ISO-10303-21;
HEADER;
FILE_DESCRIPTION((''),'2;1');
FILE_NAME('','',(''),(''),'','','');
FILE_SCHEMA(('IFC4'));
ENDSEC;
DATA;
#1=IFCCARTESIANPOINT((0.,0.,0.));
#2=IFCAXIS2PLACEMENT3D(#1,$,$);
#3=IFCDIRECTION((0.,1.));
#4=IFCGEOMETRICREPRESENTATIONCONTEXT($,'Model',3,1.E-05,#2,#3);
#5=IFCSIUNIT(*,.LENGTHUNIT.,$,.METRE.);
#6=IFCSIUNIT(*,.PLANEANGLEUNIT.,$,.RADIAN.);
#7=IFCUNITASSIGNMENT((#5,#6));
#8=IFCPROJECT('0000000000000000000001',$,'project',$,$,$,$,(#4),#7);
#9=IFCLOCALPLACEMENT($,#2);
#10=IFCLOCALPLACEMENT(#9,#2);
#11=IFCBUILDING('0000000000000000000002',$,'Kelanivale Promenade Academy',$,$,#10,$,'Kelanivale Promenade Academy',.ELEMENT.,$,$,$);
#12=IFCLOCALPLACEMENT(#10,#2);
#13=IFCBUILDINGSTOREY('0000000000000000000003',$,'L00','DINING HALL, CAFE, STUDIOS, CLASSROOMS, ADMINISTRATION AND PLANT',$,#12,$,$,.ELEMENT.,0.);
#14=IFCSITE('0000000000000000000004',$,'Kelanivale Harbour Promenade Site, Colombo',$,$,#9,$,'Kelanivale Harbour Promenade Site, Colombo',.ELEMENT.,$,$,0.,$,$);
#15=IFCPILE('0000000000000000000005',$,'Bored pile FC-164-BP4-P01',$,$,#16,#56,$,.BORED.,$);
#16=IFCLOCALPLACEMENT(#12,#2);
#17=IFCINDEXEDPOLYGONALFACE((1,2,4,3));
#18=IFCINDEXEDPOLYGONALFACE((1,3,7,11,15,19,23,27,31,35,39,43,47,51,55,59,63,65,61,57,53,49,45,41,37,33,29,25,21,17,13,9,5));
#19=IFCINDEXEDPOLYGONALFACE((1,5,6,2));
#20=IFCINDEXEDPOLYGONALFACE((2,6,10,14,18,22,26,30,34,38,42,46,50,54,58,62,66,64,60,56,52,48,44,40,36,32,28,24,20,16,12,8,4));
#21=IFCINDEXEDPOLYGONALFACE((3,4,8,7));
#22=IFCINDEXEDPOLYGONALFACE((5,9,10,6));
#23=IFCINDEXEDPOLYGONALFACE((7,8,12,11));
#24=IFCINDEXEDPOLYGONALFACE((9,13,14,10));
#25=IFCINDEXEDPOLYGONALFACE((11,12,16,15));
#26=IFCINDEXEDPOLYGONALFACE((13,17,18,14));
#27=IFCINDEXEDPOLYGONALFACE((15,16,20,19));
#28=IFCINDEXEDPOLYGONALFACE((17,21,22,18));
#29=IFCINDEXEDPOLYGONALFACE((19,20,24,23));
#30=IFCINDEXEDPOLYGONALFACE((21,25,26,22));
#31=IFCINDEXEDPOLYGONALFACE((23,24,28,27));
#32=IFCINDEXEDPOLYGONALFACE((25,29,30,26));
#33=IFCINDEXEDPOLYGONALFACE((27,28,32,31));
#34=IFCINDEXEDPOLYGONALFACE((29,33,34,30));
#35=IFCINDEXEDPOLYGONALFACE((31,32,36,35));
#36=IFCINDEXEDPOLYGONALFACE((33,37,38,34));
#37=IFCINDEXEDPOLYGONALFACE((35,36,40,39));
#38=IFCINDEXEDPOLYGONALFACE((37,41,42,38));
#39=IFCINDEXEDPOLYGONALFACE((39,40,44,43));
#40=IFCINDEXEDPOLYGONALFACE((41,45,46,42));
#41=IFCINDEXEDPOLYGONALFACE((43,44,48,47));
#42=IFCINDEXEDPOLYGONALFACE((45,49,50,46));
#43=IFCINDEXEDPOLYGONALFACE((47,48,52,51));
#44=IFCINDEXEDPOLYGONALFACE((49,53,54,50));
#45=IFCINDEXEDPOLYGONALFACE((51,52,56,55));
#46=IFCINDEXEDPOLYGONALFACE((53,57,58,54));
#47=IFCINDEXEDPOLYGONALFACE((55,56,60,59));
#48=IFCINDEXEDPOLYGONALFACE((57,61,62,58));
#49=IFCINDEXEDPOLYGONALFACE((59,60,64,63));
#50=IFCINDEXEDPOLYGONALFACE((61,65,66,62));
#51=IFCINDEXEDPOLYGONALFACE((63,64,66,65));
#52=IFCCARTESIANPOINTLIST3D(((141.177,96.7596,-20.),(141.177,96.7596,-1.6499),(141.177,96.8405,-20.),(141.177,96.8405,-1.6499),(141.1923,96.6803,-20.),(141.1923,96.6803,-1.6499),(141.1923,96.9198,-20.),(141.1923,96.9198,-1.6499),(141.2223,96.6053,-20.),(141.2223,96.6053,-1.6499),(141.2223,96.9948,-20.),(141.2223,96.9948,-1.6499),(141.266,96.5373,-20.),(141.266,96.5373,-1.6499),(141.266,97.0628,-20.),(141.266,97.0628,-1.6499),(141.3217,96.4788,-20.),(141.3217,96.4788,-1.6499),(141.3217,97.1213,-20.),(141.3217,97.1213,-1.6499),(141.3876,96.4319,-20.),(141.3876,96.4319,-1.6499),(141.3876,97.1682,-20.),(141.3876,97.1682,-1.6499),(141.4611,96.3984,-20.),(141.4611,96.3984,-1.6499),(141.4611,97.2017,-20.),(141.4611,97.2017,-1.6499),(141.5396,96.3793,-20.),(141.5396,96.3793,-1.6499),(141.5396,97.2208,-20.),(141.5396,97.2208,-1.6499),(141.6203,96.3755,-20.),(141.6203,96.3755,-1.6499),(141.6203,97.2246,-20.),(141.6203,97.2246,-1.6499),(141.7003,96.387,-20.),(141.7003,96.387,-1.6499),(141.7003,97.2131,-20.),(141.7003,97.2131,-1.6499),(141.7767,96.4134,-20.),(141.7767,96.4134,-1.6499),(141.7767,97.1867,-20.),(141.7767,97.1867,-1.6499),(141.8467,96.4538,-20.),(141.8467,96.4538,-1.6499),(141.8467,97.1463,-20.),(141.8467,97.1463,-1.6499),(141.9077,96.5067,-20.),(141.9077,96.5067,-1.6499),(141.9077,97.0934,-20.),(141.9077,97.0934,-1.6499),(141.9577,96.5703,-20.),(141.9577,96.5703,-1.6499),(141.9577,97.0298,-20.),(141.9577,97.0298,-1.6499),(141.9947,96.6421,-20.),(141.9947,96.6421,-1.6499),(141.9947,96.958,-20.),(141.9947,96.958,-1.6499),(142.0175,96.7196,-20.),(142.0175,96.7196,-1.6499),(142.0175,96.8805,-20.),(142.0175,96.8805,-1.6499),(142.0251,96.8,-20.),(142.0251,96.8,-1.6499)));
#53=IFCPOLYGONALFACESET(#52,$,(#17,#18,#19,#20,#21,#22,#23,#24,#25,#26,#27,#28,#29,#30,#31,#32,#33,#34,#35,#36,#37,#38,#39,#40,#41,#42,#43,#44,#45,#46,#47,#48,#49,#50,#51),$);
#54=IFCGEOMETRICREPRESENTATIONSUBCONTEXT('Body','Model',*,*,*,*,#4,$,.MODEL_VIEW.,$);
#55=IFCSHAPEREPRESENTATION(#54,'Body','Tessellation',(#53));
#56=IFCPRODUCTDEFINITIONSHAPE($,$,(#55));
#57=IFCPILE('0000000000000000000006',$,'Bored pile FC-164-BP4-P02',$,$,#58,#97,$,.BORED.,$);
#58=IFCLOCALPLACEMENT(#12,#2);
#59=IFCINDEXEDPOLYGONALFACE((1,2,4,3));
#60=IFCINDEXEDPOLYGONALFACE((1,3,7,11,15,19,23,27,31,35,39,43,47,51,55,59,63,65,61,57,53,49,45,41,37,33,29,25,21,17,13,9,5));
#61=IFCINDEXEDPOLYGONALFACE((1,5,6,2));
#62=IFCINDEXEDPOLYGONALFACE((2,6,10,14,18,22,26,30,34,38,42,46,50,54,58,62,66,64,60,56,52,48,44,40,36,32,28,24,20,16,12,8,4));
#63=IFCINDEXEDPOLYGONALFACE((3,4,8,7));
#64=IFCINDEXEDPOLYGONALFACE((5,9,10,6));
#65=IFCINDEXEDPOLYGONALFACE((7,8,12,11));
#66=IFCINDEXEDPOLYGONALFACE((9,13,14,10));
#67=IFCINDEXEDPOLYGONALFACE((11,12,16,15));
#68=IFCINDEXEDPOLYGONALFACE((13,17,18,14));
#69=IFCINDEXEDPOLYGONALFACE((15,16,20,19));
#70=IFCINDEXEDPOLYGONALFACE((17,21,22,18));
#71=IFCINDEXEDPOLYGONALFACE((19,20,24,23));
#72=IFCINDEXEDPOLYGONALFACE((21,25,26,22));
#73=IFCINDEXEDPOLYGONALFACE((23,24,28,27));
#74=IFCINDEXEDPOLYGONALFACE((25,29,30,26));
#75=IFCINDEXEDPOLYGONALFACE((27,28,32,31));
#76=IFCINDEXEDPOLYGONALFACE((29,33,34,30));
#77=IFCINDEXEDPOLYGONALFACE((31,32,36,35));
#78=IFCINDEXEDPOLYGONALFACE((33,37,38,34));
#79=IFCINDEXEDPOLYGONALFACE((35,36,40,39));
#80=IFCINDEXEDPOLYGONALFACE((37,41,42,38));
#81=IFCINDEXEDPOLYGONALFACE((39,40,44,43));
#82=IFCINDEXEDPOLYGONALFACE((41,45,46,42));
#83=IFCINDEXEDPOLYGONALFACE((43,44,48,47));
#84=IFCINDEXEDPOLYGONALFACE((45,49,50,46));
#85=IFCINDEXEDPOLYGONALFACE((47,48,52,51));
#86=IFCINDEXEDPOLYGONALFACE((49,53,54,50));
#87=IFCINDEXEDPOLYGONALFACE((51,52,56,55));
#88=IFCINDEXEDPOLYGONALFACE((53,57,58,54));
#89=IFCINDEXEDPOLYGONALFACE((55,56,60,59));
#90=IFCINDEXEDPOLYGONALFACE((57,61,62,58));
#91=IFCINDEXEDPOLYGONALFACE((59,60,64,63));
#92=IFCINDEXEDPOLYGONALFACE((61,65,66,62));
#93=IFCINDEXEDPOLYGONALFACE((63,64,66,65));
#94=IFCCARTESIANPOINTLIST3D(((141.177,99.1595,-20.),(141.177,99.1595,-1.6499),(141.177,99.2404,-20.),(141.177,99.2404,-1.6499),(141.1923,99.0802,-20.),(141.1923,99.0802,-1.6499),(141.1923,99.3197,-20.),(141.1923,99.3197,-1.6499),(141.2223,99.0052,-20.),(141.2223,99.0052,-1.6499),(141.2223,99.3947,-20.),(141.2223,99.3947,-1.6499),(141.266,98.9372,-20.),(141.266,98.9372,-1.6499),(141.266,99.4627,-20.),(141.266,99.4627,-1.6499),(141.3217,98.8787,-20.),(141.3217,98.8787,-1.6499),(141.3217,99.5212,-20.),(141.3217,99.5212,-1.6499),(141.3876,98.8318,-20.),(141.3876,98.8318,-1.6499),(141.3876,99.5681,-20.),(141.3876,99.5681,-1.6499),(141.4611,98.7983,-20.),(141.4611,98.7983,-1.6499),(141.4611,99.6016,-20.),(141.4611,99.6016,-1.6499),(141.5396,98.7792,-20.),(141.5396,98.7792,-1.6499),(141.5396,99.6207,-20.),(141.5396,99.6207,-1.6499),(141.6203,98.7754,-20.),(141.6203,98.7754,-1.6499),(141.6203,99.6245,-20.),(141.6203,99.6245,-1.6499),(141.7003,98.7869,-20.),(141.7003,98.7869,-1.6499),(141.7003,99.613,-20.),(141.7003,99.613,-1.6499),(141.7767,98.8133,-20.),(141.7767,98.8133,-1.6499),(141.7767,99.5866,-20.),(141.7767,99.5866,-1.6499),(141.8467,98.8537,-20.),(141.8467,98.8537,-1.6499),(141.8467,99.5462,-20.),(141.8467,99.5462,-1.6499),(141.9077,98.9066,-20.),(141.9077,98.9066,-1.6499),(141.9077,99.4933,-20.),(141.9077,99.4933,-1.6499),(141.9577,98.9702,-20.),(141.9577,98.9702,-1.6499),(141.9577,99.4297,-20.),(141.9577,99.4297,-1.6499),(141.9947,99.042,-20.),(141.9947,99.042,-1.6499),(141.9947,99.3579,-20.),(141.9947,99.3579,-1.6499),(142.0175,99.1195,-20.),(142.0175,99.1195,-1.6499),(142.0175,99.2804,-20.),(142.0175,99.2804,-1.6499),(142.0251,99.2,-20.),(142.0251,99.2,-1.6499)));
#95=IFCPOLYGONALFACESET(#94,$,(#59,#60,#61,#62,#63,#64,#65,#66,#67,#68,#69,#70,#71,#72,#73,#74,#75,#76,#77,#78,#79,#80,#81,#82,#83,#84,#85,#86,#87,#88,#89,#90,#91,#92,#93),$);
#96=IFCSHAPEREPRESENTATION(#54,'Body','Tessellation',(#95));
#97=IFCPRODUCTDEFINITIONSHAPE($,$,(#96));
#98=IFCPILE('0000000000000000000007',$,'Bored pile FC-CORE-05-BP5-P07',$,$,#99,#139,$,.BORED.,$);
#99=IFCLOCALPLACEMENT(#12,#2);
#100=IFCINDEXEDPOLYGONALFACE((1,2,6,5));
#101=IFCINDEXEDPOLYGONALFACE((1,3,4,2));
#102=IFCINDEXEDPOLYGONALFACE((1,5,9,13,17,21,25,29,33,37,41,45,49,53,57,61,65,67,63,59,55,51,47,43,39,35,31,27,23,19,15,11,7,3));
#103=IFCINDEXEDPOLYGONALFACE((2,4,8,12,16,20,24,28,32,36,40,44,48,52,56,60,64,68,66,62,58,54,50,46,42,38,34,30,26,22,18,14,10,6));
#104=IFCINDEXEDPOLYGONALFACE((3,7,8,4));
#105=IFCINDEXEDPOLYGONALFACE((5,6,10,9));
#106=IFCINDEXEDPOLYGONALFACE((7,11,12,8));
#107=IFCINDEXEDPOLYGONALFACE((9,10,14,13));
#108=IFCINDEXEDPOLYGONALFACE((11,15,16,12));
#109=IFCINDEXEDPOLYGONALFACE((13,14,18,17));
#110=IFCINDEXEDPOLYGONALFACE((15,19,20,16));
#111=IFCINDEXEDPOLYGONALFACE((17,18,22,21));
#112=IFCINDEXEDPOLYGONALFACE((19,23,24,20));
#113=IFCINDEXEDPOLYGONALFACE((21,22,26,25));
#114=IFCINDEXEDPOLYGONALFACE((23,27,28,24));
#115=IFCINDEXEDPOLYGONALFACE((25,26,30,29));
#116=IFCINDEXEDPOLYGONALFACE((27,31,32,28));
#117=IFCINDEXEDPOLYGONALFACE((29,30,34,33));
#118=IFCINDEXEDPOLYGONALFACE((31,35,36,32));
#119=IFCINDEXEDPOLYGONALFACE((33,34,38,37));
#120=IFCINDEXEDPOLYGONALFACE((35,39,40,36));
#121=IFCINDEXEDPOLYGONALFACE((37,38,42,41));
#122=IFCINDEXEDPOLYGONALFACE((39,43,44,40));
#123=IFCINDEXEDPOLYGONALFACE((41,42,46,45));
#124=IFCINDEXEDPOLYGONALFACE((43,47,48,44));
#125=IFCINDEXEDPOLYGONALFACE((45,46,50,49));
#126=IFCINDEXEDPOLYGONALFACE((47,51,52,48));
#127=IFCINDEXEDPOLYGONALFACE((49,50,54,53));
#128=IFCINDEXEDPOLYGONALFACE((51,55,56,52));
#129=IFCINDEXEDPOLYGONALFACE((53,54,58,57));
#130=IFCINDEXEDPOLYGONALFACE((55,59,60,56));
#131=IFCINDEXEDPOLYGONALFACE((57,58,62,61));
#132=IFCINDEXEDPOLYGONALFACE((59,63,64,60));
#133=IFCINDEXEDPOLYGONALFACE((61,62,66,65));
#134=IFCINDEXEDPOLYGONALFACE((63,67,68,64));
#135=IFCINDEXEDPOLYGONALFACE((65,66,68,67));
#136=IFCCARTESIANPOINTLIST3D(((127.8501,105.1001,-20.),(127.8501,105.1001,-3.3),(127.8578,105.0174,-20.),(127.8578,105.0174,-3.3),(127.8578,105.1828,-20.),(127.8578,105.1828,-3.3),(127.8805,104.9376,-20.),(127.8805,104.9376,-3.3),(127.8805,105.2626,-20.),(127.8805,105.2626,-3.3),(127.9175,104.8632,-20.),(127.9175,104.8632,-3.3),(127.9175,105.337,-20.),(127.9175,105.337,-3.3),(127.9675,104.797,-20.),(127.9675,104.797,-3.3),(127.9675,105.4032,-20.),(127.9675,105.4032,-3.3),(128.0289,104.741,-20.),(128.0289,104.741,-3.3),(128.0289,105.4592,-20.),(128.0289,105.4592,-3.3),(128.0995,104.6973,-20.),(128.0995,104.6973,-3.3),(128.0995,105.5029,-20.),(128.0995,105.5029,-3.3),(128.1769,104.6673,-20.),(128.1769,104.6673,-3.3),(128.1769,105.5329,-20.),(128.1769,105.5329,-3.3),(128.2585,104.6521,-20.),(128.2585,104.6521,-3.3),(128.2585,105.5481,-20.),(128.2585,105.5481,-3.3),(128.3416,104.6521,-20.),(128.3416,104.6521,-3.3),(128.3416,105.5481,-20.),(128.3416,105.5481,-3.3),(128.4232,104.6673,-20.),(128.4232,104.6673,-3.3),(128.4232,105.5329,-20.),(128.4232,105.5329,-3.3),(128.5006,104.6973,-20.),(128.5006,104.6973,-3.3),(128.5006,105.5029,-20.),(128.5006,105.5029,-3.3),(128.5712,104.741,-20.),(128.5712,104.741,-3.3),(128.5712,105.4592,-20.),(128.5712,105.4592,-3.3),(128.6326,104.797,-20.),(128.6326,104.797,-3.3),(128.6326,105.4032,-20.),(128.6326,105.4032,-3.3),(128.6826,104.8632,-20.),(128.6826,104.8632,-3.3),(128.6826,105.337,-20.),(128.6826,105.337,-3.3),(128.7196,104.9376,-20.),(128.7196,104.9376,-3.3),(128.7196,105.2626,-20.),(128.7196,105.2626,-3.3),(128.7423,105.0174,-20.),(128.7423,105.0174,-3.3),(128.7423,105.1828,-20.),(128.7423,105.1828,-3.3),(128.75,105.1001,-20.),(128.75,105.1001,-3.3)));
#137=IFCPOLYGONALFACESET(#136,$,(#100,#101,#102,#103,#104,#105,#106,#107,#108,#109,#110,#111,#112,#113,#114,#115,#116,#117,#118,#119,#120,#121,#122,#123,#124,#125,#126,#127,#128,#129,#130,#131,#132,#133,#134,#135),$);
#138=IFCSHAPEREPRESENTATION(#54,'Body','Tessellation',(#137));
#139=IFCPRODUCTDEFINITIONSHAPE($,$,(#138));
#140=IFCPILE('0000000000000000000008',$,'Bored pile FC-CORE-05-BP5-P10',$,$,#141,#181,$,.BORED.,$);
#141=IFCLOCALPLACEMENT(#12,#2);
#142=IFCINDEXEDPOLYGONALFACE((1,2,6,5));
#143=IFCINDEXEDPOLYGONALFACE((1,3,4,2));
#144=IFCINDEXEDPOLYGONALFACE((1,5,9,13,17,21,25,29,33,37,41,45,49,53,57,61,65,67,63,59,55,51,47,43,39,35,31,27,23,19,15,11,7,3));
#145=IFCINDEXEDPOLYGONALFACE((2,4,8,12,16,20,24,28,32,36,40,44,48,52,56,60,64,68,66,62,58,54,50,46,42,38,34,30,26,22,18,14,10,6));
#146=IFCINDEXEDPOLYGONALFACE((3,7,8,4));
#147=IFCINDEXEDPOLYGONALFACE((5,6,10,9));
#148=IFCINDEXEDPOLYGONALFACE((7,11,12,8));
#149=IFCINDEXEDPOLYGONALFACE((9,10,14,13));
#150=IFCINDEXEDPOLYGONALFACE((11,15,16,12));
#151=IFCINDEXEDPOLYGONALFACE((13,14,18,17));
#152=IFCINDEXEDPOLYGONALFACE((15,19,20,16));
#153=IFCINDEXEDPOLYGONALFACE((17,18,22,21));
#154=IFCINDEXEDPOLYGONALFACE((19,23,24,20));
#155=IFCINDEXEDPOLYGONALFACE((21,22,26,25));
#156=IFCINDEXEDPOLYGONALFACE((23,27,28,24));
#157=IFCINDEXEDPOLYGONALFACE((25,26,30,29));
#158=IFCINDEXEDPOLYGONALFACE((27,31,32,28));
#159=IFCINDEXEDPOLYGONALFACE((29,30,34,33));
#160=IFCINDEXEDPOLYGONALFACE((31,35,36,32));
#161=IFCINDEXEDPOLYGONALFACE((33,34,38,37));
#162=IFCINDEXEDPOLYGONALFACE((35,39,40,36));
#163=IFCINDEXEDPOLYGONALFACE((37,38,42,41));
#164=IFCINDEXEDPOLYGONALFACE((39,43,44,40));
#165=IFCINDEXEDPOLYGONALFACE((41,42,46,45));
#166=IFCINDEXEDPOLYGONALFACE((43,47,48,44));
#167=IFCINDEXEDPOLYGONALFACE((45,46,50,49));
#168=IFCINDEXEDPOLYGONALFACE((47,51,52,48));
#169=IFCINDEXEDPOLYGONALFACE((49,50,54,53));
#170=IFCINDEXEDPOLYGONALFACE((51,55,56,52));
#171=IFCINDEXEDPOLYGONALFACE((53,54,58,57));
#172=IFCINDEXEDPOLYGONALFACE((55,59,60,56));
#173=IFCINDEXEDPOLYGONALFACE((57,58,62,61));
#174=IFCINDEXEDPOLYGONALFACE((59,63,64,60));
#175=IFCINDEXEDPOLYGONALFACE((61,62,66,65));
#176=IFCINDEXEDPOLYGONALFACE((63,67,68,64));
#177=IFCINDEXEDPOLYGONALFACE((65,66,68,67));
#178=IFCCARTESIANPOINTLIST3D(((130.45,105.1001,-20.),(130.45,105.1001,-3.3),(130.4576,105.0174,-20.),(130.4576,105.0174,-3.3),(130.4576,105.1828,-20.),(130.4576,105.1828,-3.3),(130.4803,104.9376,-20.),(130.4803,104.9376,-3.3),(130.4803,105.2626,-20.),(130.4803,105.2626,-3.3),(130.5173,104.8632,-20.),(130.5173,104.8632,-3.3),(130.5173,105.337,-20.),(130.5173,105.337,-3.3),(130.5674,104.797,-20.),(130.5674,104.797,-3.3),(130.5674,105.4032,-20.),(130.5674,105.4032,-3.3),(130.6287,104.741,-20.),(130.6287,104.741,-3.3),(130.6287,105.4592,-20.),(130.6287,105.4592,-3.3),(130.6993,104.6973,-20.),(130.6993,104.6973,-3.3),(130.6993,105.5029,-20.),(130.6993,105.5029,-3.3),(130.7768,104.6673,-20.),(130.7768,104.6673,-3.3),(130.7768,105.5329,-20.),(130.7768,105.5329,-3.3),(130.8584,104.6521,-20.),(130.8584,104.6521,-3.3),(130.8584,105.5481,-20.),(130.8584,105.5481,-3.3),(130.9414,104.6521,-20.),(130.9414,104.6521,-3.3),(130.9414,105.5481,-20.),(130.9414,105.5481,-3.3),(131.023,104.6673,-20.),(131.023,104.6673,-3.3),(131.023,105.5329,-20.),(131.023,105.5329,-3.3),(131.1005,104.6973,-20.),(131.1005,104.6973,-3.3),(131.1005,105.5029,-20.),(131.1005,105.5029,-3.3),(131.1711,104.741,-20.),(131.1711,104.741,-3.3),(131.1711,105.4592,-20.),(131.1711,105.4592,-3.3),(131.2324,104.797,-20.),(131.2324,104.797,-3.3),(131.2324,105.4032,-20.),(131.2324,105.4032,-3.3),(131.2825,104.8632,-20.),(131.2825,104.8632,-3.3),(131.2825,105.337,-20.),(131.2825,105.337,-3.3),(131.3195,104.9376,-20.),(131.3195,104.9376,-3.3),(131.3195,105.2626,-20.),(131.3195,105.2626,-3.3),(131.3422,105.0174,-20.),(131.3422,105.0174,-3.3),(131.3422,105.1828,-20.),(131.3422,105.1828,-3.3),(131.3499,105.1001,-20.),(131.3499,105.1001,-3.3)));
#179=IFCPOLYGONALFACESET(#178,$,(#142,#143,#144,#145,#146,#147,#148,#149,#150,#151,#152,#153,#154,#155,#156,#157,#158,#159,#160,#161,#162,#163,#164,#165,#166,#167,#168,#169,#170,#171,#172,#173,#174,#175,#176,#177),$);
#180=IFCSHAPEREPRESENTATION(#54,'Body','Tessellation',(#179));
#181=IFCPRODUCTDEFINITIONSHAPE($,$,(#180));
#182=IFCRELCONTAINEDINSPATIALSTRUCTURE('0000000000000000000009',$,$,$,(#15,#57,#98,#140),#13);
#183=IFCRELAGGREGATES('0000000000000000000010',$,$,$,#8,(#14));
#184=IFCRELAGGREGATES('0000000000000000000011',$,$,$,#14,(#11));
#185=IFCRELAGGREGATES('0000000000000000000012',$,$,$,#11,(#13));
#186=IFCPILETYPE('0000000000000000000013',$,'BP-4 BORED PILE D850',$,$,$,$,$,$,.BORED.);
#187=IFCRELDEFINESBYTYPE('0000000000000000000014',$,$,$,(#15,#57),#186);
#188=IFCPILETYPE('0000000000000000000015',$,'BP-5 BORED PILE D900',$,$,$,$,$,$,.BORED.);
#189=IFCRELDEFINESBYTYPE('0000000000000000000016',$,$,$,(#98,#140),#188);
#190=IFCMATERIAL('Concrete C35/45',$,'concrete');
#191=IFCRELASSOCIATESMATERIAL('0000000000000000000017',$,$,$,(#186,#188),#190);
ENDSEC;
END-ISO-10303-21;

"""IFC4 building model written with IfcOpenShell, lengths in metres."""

from ifc_helpers import new_model, si_unit, direction, frame, origin, origin_2d, place, context, subcontext, project, spatial, circle, extrude, material, material_profile, profile_set, type_object, element, save


model = new_model("IFC4")

# Units and contexts
model_context = context("Model", 3, precision=1e-05, world=origin(), true_north=direction((0.0, 1.0)))
body_context = subcontext(model_context, "Body", "Model", "MODEL_VIEW")
ifc_project = project(units=[si_unit("LENGTHUNIT", "METRE"), si_unit("PLANEANGLEUNIT", "RADIAN")], contexts=[model_context])

# Site, building, storey
site_placement = place(None, origin())
site = spatial("IfcSite", under=ifc_project, at=site_placement, Name="Kelanivale Harbour Promenade Site, Colombo", LongName="Kelanivale Harbour Promenade Site, Colombo", CompositionType="ELEMENT", RefElevation=0.0)
building_placement = place(site_placement, origin())
building = spatial("IfcBuilding", under=site, at=building_placement, Name="Kelanivale Promenade Academy", LongName="Kelanivale Promenade Academy", CompositionType="ELEMENT")
storey_placement = place(building_placement, origin())
storey = spatial("IfcBuildingStorey", under=building, at=storey_placement, Name="L00", Description="DINING HALL, CAFE, STUDIOS, CLASSROOMS, ADMINISTRATION AND PLANT", CompositionType="ELEMENT", Elevation=0.0)

# Piles
ifc_material_1 = material(Name="Concrete C35/45", Category="concrete")
ifc_material_profile_1 = material_profile(ifc_material_1, circle(Radius=0.425, at=origin_2d()), Name="BORED PILE D850")
ifc_profile_set_1 = profile_set([ifc_material_profile_1], Name="Concrete C35/45")
pile_type_1 = type_object("IfcPileType", Name="BP-4 BORED PILE D850", PredefinedType="BORED", material=ifc_profile_set_1)
for number, where, z_axis, x_axis, name in (
    (1, (141.6001, 96.8, -1.6499), (0.0, 0.0, -1.0), (1.0, 0.0, 0.0), "Bored pile FC-164-BP4-P01"),
    (2, (141.6001, 99.2, -1.6499), (0.0, 0.0, -1.0), (1.0, 0.0, 0.0), "Bored pile FC-164-BP4-P02"),
):
    element("IfcPile", number, at=place(storey_placement, frame(where, z_axis=z_axis, x_axis=x_axis)), inside=storey, type_object=pile_type_1, Name=name, PredefinedType="BORED", context=body_context, shape_type="SweptSolid", body=[
        extrude(circle(Radius=0.425, at=origin_2d()), origin(), (0.0, 0.0, 1.0), 18.3501),
    ])
ifc_material_profile_2 = material_profile(ifc_material_1, circle(Radius=0.45, at=origin_2d()), Name="BORED PILE D900")
ifc_profile_set_2 = profile_set([ifc_material_profile_2], Name="Concrete C35/45")
pile_type_2 = type_object("IfcPileType", Name="BP-5 BORED PILE D900", PredefinedType="BORED", material=ifc_profile_set_2)
for number, where, z_axis, x_axis, name in (
    (3, (128.3, 105.1001, -3.3), (0.0, 0.0, -1.0), (1.0, 0.0, 0.0), "Bored pile FC-CORE-05-BP5-P07"),
    (4, (130.8999, 105.1001, -3.3), (0.0, 0.0, -1.0), (1.0, 0.0, 0.0), "Bored pile FC-CORE-05-BP5-P10"),
):
    element("IfcPile", number, at=place(storey_placement, frame(where, z_axis=z_axis, x_axis=x_axis)), inside=storey, type_object=pile_type_2, Name=name, PredefinedType="BORED", context=body_context, shape_type="SweptSolid", body=[
        extrude(circle(Radius=0.45, at=origin_2d()), origin(), (0.0, 0.0, 1.0), 16.7),
    ])

save(model, "model.ifc")
